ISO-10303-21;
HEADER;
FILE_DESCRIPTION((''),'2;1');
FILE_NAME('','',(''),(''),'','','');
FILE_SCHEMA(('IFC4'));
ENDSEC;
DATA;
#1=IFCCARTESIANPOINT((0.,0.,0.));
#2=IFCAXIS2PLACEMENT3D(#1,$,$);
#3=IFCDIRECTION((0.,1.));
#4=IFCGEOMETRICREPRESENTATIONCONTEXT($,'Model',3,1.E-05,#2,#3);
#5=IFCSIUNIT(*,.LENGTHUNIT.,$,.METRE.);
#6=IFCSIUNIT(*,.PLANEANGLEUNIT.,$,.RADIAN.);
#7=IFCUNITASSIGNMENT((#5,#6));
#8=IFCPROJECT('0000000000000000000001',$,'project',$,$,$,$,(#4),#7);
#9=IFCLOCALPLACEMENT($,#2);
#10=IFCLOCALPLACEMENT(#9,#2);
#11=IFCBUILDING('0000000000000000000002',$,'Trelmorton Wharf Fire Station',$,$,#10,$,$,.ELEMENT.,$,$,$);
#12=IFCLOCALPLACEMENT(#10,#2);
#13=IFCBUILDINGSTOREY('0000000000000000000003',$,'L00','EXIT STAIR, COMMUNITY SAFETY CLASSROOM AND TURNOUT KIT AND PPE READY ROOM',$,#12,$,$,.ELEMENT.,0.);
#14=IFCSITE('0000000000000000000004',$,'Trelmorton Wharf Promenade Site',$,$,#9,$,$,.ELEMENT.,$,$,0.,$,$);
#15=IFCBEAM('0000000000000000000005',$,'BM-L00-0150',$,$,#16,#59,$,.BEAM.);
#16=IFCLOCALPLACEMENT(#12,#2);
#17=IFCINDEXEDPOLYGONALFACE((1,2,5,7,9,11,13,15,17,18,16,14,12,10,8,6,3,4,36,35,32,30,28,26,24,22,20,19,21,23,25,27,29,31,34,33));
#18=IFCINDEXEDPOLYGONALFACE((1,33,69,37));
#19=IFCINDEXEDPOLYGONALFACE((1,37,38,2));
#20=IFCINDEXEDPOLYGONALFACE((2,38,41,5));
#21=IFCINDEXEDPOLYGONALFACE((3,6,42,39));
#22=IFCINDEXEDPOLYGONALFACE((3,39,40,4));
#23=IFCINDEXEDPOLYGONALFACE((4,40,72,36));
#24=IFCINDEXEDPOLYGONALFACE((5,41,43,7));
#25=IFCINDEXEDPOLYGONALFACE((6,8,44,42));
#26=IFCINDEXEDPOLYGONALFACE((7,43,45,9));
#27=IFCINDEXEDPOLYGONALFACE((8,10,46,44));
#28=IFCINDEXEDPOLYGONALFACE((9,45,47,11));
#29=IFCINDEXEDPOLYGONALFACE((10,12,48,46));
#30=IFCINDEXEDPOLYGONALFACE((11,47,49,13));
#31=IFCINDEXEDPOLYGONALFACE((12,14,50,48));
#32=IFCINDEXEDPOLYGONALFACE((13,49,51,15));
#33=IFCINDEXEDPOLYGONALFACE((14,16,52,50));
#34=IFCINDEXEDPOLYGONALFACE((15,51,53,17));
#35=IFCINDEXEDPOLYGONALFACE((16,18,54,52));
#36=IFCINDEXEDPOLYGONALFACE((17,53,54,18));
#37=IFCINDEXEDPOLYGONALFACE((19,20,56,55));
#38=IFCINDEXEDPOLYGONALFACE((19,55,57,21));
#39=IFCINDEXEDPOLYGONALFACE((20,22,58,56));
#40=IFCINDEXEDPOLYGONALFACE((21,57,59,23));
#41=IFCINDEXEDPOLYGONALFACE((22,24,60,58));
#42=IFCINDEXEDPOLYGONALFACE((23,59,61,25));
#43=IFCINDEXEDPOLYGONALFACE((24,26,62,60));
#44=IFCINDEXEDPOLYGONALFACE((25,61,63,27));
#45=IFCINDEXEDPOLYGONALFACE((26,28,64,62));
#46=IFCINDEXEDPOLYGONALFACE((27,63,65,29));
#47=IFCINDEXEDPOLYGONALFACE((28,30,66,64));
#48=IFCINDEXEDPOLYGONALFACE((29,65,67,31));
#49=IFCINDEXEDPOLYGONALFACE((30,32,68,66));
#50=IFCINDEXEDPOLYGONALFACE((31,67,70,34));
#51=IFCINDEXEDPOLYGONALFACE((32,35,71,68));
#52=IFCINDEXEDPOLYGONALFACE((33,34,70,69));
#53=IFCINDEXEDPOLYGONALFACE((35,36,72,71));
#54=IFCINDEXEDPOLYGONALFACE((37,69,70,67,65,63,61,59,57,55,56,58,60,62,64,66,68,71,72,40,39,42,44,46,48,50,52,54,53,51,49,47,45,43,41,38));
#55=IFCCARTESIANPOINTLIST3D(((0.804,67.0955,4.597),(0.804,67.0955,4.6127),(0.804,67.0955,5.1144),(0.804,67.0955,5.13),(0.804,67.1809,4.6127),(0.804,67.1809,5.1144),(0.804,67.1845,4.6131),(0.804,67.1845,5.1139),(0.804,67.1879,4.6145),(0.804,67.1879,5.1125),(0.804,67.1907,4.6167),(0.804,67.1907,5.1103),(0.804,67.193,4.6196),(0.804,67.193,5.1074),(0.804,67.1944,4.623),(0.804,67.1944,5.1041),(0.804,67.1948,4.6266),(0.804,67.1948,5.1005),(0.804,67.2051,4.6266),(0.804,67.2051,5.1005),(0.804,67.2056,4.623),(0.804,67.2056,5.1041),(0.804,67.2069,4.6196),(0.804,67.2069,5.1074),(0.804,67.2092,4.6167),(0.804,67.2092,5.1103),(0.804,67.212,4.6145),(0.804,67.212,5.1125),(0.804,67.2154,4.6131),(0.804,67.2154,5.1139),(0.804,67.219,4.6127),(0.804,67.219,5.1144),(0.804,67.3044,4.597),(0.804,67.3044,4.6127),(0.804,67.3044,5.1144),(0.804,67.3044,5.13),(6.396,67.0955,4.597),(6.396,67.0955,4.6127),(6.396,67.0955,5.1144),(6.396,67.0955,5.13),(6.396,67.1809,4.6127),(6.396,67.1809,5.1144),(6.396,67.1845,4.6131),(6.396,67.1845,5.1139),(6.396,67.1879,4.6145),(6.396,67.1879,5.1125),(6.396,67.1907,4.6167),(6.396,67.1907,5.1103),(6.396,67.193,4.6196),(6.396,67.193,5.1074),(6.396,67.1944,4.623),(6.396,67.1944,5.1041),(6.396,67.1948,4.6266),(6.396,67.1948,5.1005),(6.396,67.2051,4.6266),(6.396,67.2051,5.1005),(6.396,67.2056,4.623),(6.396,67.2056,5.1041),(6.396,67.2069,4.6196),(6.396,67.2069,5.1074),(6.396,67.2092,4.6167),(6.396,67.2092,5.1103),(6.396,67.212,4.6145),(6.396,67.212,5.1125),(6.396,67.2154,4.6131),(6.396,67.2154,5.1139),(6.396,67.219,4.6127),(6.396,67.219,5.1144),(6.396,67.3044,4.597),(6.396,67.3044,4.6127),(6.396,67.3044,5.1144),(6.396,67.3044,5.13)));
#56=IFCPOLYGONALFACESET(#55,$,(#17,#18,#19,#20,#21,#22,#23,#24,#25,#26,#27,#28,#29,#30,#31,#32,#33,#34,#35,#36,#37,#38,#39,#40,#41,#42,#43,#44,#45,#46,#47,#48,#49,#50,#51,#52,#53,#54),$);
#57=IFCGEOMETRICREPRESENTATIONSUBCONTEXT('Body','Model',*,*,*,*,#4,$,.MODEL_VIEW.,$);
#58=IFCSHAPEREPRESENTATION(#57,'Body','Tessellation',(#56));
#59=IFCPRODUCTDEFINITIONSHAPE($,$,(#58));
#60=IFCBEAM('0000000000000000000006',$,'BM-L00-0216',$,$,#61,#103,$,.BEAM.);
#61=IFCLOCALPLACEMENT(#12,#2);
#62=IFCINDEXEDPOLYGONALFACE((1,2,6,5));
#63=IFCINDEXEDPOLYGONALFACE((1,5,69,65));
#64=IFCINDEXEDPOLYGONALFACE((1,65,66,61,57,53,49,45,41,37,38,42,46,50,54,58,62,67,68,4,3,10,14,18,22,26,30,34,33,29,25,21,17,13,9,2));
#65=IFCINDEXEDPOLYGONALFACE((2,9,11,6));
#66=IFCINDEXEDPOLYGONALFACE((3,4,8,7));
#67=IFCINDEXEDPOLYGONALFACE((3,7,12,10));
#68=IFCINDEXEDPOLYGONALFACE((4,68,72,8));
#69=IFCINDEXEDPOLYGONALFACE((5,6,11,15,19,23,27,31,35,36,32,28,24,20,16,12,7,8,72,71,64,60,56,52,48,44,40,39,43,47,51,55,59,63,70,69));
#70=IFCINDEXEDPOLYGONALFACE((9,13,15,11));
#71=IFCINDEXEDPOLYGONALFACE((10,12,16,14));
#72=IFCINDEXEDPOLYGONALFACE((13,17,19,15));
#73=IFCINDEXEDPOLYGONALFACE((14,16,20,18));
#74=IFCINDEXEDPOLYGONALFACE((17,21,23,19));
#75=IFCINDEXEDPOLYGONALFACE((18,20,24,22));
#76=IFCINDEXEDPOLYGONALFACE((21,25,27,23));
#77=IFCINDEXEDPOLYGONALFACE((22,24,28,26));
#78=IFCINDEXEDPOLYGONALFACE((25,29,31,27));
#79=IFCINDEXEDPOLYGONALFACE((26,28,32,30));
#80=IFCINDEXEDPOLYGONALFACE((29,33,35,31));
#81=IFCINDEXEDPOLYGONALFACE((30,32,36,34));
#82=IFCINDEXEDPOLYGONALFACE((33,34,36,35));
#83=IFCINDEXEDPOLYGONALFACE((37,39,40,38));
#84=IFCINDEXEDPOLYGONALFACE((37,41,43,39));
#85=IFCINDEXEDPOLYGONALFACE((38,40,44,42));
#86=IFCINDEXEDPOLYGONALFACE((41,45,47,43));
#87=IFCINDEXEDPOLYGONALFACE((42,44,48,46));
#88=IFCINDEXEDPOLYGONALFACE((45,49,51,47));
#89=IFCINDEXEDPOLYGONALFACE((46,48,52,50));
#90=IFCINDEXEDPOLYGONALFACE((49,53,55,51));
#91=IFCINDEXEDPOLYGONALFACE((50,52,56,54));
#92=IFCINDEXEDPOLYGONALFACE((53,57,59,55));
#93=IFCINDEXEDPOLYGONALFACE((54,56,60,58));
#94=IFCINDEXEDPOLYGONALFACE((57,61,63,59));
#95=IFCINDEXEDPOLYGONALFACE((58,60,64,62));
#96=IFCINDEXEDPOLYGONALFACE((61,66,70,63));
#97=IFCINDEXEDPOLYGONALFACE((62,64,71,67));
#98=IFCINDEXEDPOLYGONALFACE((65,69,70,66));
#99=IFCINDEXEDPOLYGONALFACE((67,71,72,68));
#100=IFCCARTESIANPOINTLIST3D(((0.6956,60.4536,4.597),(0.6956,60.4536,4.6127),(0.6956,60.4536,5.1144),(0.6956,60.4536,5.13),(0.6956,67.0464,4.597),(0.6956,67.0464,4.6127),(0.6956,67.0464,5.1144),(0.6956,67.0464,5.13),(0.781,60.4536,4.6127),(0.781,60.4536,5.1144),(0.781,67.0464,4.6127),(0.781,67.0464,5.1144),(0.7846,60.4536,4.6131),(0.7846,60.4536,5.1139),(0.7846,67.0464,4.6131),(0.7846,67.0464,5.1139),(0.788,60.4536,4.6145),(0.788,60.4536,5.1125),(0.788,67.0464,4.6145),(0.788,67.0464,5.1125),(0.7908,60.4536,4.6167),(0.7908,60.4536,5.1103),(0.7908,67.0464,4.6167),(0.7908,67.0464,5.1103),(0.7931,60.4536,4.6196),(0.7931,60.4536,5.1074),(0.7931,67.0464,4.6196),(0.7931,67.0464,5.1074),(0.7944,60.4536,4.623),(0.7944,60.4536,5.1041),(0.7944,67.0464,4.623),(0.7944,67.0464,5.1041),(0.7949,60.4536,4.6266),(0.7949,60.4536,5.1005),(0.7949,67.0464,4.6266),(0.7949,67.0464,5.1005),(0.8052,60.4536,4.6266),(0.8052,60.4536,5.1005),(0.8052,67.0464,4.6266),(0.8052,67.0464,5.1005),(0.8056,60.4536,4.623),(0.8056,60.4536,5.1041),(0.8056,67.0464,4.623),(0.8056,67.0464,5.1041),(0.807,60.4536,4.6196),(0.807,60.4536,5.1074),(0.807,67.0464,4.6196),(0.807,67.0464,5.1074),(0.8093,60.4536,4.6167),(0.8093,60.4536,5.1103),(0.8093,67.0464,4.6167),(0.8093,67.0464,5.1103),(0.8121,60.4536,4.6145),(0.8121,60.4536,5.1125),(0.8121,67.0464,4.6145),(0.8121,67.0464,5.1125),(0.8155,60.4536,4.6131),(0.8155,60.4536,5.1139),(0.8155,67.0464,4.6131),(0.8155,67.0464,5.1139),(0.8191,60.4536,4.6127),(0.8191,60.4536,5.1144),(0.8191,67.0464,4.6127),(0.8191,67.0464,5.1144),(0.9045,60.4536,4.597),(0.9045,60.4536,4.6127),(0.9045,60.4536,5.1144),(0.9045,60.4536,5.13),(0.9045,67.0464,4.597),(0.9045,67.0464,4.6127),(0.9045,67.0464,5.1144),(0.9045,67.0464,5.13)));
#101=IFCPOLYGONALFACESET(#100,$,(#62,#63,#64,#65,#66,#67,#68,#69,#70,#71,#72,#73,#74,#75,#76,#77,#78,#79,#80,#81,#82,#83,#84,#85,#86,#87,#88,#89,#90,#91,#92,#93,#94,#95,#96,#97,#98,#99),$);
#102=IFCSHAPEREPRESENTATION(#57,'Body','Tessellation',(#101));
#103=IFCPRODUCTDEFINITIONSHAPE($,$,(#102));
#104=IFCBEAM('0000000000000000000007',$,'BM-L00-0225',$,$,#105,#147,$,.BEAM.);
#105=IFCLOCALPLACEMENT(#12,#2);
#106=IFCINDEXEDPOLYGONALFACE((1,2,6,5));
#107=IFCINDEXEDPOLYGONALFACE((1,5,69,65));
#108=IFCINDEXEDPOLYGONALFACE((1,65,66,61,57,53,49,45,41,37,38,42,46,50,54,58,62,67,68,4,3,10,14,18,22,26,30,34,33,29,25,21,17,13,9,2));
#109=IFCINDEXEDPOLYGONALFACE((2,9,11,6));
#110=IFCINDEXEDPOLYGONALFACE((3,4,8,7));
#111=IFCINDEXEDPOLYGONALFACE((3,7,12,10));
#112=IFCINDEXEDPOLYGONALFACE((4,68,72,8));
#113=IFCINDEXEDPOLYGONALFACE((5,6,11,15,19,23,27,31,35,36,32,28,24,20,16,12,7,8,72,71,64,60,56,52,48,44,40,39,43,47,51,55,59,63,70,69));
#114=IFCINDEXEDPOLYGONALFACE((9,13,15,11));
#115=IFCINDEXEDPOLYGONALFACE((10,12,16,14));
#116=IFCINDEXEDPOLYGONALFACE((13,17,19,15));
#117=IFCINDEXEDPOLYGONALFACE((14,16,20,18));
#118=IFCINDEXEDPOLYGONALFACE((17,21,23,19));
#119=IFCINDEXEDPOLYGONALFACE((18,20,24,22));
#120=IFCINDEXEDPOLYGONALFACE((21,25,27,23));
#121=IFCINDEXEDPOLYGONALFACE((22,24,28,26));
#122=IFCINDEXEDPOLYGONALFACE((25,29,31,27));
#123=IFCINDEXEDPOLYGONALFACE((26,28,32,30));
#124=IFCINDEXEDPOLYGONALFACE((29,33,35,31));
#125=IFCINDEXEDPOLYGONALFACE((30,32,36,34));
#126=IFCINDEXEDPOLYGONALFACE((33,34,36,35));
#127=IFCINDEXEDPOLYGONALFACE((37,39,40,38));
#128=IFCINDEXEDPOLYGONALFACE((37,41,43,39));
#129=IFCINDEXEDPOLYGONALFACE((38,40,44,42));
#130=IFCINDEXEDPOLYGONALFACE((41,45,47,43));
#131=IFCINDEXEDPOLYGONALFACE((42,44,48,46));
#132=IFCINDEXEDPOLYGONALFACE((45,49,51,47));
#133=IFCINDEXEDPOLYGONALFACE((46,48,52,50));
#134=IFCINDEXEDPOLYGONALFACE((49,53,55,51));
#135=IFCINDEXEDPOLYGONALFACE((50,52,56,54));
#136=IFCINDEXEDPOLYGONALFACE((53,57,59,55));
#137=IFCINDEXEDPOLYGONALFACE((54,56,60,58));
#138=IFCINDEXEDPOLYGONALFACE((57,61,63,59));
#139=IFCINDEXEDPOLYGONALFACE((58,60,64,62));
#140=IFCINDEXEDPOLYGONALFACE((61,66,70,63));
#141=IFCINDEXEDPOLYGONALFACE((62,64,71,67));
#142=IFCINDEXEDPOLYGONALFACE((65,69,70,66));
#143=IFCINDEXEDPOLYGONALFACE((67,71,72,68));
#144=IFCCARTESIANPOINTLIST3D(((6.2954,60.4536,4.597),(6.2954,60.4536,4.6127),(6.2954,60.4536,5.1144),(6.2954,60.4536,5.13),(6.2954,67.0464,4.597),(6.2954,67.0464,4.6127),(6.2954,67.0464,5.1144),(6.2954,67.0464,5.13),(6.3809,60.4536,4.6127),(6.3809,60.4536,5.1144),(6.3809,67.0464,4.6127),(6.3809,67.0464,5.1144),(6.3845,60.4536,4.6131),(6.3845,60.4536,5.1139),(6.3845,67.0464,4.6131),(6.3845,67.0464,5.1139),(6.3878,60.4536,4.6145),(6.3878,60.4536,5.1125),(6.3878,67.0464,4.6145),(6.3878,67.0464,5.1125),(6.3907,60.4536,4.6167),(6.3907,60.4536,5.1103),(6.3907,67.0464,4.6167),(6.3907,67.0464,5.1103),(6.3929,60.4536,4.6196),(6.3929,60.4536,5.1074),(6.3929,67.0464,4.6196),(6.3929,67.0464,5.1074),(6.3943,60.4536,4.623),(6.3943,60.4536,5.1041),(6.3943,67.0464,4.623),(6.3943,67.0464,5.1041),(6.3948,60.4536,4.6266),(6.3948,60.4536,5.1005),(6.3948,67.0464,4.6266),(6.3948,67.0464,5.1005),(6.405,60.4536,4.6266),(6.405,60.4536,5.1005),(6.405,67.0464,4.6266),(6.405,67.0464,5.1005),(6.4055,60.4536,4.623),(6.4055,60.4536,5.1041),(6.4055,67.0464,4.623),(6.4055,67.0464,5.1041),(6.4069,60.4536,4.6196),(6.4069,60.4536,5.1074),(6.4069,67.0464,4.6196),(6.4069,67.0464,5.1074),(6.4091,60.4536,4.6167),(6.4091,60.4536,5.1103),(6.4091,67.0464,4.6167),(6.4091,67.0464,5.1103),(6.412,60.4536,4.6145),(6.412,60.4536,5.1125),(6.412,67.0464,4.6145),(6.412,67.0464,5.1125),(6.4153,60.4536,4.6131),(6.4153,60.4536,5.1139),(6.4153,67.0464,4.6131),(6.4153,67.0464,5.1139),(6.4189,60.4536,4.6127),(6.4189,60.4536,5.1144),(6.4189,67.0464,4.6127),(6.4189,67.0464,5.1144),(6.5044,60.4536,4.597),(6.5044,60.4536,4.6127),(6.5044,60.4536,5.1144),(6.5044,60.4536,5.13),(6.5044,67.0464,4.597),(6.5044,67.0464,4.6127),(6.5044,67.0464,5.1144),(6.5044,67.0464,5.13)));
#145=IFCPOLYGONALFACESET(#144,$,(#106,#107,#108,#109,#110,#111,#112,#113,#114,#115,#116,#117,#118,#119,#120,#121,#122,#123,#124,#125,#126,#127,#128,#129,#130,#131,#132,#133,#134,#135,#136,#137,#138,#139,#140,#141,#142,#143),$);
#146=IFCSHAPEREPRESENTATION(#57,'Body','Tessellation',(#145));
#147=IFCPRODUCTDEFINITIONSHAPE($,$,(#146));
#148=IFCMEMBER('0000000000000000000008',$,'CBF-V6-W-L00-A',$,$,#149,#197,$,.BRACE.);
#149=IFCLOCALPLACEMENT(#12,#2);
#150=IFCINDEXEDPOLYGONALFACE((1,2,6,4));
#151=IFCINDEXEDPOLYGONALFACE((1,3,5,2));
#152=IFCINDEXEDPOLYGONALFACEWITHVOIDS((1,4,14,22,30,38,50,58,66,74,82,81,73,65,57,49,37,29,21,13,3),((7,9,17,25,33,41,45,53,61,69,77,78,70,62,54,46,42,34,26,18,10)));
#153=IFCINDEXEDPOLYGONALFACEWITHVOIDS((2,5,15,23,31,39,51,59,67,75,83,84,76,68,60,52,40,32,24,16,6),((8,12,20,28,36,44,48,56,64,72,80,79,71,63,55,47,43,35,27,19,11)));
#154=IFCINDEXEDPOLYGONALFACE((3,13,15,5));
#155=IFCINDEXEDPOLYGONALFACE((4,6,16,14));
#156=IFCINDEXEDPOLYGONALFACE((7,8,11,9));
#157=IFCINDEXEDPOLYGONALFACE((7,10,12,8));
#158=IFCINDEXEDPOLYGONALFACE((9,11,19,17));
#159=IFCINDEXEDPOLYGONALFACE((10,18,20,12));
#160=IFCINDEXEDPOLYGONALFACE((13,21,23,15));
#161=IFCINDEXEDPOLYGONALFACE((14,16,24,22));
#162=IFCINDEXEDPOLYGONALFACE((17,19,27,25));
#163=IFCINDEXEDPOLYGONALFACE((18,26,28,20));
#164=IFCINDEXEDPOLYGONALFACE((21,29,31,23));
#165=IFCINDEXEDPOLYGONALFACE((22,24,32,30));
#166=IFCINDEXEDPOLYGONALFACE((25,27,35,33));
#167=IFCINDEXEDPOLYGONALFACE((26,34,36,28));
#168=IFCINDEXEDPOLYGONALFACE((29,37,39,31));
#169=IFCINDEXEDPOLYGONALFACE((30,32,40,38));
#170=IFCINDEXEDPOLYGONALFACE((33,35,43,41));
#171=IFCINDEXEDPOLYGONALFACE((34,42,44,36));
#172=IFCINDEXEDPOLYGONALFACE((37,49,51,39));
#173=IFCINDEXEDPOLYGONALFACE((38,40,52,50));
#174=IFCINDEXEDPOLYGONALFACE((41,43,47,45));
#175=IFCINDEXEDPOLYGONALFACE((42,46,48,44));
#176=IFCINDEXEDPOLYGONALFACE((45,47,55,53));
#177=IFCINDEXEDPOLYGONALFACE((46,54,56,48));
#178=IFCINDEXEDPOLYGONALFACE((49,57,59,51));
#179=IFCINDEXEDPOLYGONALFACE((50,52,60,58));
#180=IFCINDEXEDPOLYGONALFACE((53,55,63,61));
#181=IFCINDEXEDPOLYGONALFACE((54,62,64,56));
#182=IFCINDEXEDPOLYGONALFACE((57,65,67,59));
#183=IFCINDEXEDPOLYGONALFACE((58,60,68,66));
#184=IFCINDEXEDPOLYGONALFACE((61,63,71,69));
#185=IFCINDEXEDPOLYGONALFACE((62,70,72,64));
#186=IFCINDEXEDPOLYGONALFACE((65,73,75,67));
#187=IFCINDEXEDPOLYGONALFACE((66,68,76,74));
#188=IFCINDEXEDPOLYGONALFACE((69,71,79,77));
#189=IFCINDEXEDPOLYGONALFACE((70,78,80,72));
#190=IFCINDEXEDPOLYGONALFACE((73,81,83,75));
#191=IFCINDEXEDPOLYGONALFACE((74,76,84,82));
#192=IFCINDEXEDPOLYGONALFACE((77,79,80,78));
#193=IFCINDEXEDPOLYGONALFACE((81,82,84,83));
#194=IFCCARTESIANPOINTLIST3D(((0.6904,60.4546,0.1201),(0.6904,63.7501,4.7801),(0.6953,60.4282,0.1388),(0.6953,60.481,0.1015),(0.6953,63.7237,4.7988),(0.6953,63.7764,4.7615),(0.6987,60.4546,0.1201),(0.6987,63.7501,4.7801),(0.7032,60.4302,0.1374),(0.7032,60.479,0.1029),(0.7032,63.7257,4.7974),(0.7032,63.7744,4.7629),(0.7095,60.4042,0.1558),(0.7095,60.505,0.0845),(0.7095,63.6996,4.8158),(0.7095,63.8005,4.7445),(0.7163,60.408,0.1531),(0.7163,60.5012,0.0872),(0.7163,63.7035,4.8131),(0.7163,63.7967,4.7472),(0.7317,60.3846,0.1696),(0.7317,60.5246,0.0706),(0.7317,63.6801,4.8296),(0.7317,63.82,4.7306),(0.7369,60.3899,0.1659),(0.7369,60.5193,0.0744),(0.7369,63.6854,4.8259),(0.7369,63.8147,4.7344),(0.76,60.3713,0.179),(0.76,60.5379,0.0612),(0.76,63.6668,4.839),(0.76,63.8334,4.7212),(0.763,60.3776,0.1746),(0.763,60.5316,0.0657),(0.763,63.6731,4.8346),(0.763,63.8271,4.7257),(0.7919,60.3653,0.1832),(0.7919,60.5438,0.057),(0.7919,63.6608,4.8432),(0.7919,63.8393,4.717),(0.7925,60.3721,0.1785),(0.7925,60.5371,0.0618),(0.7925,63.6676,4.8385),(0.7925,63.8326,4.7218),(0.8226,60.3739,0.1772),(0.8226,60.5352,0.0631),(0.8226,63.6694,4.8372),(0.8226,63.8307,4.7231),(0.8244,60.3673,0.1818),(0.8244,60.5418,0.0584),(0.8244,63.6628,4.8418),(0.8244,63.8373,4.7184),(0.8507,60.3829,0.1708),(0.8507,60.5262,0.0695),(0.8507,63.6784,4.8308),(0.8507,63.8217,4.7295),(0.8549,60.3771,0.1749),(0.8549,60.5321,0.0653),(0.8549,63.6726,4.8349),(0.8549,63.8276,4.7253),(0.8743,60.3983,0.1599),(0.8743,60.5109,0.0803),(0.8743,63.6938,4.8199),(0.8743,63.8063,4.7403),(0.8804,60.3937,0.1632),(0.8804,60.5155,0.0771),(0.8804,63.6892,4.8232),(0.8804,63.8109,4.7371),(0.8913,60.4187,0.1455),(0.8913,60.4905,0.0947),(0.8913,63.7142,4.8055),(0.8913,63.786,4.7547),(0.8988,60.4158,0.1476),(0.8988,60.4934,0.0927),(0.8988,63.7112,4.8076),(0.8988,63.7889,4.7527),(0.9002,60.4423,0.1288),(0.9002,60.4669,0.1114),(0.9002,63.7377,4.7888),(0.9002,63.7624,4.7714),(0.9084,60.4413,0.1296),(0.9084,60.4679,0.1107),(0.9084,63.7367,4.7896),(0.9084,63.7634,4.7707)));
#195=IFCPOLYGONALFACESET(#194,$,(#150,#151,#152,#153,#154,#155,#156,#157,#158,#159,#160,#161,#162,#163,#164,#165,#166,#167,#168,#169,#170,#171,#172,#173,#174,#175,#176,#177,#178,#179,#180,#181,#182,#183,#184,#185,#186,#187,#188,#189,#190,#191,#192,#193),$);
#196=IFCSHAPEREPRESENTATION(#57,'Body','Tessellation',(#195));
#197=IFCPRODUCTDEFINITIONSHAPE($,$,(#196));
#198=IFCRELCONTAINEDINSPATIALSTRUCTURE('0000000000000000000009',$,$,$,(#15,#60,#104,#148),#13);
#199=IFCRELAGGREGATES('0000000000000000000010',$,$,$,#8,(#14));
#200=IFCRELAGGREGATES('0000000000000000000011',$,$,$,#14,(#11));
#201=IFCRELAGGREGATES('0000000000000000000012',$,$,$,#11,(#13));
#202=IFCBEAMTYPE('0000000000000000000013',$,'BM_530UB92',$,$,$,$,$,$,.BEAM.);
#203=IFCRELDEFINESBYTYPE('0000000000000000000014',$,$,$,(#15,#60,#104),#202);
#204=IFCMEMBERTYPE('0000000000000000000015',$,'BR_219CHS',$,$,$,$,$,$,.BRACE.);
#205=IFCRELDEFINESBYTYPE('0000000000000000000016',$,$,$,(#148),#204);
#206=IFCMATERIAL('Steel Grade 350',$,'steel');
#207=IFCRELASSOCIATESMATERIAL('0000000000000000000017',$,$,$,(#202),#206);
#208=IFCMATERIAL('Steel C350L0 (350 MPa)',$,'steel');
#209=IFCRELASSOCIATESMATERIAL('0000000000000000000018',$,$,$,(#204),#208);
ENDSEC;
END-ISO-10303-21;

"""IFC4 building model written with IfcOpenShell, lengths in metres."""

from ifc_helpers import new_model, si_unit, direction, frame, origin, origin_2d, place, context, subcontext, project, spatial, hollow_circle, i_section, extrude, material, material_profile, profile_set, type_object, element, save


model = new_model("IFC4")

# Units and contexts
model_context = context("Model", 3, precision=1e-05, world=origin(), true_north=direction((0.0, 1.0)))
body_context = subcontext(model_context, "Body", "Model", "MODEL_VIEW")
ifc_project = project(units=[si_unit("LENGTHUNIT", "METRE"), si_unit("PLANEANGLEUNIT", "RADIAN")], contexts=[model_context])

# Site, building, storey
site_placement = place(None, origin())
site = spatial("IfcSite", under=ifc_project, at=site_placement, Name="Trelmorton Wharf Promenade Site", CompositionType="ELEMENT", RefElevation=0.0)
building_placement = place(site_placement, origin())
building = spatial("IfcBuilding", under=site, at=building_placement, Name="Trelmorton Wharf Fire Station", CompositionType="ELEMENT")
storey_placement = place(building_placement, origin())
storey = spatial("IfcBuildingStorey", under=building, at=storey_placement, Name="L00", Description="EXIT STAIR, COMMUNITY SAFETY CLASSROOM AND TURNOUT KIT AND PPE READY ROOM", CompositionType="ELEMENT", Elevation=0.0)

# Shared definitions
ifc_material_1 = material(Name="Steel Grade 350", Category="steel")

# Beams
ifc_material_profile_1 = material_profile(ifc_material_1, i_section(OverallWidth=0.209, OverallDepth=0.533, WebThickness=0.0103, FlangeThickness=0.0156, FilletRadius=0.0139, at=origin_2d()), Name="530UB92.4")
ifc_profile_set_1 = profile_set([ifc_material_profile_1], Name="Steel Grade 350")
beam_type_1 = type_object("IfcBeamType", Name="BM_530UB92", PredefinedType="BEAM", material=ifc_profile_set_1)
beam_1_placement = place(storey_placement, frame((0.804, 67.2, 4.8635), z_axis=(1.0, 0.0, 0.0), x_axis=(0.0, 1.0, 0.0)))
element("IfcBeam", 1, at=beam_1_placement, inside=storey, type_object=beam_type_1, Name="BM-L00-0150", PredefinedType="BEAM", context=body_context, shape_type="SweptSolid", body=[
    extrude(i_section(OverallWidth=0.209, OverallDepth=0.533, WebThickness=0.0103, FlangeThickness=0.0156, FilletRadius=0.0139, at=origin_2d()), origin(), (0.0, 0.0, 1.0), 5.592),
])
for number, where, z_axis, x_axis, name in (
    (2, (0.8, 60.4536, 4.8635), (0.0, 1.0, 0.0), (-1.0, 0.0, 0.0), "BM-L00-0216"),
    (3, (6.3999, 60.4536, 4.8635), (0.0, 1.0, 0.0), (-1.0, 0.0, 0.0), "BM-L00-0225"),
):
    element("IfcBeam", number, at=place(storey_placement, frame(where, z_axis=z_axis, x_axis=x_axis)), inside=storey, type_object=beam_type_1, Name=name, PredefinedType="BEAM", context=body_context, shape_type="SweptSolid", body=[
        extrude(i_section(OverallWidth=0.209, OverallDepth=0.533, WebThickness=0.0103, FlangeThickness=0.0156, FilletRadius=0.0139, at=origin_2d()), origin(), (0.0, 0.0, 1.0), 6.5928),
    ])

# Member
ifc_material_2 = material(Name="Steel C350L0 (350 MPa)", Category="steel")
ifc_material_profile_2 = material_profile(ifc_material_2, hollow_circle(Radius=0.1096, WallThickness=0.0083, at=origin_2d()), Name="219.1x8.2CHS")
ifc_profile_set_2 = profile_set([ifc_material_profile_2], Name="Steel C350L0 (350 MPa)")
member_type = type_object("IfcMemberType", Name="BR_219CHS", PredefinedType="BRACE", material=ifc_profile_set_2)
for number, where, z_axis, x_axis, name in (
    (4, (0.8, 60.4546, 0.1201), (0.0, 0.577392, 0.816467), (-1.0, 0.0, 0.0), "CBF-V6-W-L00-A"),
):
    element("IfcMember", number, at=place(storey_placement, frame(where, z_axis=z_axis, x_axis=x_axis)), inside=storey, type_object=member_type, Name=name, PredefinedType="BRACE", context=body_context, shape_type="SweptSolid", body=[
        extrude(hollow_circle(Radius=0.1096, WallThickness=0.0083, at=origin_2d()), origin(), (0.0, 0.0, 1.0), 5.7075),
    ])

save(model, "model.ifc")
